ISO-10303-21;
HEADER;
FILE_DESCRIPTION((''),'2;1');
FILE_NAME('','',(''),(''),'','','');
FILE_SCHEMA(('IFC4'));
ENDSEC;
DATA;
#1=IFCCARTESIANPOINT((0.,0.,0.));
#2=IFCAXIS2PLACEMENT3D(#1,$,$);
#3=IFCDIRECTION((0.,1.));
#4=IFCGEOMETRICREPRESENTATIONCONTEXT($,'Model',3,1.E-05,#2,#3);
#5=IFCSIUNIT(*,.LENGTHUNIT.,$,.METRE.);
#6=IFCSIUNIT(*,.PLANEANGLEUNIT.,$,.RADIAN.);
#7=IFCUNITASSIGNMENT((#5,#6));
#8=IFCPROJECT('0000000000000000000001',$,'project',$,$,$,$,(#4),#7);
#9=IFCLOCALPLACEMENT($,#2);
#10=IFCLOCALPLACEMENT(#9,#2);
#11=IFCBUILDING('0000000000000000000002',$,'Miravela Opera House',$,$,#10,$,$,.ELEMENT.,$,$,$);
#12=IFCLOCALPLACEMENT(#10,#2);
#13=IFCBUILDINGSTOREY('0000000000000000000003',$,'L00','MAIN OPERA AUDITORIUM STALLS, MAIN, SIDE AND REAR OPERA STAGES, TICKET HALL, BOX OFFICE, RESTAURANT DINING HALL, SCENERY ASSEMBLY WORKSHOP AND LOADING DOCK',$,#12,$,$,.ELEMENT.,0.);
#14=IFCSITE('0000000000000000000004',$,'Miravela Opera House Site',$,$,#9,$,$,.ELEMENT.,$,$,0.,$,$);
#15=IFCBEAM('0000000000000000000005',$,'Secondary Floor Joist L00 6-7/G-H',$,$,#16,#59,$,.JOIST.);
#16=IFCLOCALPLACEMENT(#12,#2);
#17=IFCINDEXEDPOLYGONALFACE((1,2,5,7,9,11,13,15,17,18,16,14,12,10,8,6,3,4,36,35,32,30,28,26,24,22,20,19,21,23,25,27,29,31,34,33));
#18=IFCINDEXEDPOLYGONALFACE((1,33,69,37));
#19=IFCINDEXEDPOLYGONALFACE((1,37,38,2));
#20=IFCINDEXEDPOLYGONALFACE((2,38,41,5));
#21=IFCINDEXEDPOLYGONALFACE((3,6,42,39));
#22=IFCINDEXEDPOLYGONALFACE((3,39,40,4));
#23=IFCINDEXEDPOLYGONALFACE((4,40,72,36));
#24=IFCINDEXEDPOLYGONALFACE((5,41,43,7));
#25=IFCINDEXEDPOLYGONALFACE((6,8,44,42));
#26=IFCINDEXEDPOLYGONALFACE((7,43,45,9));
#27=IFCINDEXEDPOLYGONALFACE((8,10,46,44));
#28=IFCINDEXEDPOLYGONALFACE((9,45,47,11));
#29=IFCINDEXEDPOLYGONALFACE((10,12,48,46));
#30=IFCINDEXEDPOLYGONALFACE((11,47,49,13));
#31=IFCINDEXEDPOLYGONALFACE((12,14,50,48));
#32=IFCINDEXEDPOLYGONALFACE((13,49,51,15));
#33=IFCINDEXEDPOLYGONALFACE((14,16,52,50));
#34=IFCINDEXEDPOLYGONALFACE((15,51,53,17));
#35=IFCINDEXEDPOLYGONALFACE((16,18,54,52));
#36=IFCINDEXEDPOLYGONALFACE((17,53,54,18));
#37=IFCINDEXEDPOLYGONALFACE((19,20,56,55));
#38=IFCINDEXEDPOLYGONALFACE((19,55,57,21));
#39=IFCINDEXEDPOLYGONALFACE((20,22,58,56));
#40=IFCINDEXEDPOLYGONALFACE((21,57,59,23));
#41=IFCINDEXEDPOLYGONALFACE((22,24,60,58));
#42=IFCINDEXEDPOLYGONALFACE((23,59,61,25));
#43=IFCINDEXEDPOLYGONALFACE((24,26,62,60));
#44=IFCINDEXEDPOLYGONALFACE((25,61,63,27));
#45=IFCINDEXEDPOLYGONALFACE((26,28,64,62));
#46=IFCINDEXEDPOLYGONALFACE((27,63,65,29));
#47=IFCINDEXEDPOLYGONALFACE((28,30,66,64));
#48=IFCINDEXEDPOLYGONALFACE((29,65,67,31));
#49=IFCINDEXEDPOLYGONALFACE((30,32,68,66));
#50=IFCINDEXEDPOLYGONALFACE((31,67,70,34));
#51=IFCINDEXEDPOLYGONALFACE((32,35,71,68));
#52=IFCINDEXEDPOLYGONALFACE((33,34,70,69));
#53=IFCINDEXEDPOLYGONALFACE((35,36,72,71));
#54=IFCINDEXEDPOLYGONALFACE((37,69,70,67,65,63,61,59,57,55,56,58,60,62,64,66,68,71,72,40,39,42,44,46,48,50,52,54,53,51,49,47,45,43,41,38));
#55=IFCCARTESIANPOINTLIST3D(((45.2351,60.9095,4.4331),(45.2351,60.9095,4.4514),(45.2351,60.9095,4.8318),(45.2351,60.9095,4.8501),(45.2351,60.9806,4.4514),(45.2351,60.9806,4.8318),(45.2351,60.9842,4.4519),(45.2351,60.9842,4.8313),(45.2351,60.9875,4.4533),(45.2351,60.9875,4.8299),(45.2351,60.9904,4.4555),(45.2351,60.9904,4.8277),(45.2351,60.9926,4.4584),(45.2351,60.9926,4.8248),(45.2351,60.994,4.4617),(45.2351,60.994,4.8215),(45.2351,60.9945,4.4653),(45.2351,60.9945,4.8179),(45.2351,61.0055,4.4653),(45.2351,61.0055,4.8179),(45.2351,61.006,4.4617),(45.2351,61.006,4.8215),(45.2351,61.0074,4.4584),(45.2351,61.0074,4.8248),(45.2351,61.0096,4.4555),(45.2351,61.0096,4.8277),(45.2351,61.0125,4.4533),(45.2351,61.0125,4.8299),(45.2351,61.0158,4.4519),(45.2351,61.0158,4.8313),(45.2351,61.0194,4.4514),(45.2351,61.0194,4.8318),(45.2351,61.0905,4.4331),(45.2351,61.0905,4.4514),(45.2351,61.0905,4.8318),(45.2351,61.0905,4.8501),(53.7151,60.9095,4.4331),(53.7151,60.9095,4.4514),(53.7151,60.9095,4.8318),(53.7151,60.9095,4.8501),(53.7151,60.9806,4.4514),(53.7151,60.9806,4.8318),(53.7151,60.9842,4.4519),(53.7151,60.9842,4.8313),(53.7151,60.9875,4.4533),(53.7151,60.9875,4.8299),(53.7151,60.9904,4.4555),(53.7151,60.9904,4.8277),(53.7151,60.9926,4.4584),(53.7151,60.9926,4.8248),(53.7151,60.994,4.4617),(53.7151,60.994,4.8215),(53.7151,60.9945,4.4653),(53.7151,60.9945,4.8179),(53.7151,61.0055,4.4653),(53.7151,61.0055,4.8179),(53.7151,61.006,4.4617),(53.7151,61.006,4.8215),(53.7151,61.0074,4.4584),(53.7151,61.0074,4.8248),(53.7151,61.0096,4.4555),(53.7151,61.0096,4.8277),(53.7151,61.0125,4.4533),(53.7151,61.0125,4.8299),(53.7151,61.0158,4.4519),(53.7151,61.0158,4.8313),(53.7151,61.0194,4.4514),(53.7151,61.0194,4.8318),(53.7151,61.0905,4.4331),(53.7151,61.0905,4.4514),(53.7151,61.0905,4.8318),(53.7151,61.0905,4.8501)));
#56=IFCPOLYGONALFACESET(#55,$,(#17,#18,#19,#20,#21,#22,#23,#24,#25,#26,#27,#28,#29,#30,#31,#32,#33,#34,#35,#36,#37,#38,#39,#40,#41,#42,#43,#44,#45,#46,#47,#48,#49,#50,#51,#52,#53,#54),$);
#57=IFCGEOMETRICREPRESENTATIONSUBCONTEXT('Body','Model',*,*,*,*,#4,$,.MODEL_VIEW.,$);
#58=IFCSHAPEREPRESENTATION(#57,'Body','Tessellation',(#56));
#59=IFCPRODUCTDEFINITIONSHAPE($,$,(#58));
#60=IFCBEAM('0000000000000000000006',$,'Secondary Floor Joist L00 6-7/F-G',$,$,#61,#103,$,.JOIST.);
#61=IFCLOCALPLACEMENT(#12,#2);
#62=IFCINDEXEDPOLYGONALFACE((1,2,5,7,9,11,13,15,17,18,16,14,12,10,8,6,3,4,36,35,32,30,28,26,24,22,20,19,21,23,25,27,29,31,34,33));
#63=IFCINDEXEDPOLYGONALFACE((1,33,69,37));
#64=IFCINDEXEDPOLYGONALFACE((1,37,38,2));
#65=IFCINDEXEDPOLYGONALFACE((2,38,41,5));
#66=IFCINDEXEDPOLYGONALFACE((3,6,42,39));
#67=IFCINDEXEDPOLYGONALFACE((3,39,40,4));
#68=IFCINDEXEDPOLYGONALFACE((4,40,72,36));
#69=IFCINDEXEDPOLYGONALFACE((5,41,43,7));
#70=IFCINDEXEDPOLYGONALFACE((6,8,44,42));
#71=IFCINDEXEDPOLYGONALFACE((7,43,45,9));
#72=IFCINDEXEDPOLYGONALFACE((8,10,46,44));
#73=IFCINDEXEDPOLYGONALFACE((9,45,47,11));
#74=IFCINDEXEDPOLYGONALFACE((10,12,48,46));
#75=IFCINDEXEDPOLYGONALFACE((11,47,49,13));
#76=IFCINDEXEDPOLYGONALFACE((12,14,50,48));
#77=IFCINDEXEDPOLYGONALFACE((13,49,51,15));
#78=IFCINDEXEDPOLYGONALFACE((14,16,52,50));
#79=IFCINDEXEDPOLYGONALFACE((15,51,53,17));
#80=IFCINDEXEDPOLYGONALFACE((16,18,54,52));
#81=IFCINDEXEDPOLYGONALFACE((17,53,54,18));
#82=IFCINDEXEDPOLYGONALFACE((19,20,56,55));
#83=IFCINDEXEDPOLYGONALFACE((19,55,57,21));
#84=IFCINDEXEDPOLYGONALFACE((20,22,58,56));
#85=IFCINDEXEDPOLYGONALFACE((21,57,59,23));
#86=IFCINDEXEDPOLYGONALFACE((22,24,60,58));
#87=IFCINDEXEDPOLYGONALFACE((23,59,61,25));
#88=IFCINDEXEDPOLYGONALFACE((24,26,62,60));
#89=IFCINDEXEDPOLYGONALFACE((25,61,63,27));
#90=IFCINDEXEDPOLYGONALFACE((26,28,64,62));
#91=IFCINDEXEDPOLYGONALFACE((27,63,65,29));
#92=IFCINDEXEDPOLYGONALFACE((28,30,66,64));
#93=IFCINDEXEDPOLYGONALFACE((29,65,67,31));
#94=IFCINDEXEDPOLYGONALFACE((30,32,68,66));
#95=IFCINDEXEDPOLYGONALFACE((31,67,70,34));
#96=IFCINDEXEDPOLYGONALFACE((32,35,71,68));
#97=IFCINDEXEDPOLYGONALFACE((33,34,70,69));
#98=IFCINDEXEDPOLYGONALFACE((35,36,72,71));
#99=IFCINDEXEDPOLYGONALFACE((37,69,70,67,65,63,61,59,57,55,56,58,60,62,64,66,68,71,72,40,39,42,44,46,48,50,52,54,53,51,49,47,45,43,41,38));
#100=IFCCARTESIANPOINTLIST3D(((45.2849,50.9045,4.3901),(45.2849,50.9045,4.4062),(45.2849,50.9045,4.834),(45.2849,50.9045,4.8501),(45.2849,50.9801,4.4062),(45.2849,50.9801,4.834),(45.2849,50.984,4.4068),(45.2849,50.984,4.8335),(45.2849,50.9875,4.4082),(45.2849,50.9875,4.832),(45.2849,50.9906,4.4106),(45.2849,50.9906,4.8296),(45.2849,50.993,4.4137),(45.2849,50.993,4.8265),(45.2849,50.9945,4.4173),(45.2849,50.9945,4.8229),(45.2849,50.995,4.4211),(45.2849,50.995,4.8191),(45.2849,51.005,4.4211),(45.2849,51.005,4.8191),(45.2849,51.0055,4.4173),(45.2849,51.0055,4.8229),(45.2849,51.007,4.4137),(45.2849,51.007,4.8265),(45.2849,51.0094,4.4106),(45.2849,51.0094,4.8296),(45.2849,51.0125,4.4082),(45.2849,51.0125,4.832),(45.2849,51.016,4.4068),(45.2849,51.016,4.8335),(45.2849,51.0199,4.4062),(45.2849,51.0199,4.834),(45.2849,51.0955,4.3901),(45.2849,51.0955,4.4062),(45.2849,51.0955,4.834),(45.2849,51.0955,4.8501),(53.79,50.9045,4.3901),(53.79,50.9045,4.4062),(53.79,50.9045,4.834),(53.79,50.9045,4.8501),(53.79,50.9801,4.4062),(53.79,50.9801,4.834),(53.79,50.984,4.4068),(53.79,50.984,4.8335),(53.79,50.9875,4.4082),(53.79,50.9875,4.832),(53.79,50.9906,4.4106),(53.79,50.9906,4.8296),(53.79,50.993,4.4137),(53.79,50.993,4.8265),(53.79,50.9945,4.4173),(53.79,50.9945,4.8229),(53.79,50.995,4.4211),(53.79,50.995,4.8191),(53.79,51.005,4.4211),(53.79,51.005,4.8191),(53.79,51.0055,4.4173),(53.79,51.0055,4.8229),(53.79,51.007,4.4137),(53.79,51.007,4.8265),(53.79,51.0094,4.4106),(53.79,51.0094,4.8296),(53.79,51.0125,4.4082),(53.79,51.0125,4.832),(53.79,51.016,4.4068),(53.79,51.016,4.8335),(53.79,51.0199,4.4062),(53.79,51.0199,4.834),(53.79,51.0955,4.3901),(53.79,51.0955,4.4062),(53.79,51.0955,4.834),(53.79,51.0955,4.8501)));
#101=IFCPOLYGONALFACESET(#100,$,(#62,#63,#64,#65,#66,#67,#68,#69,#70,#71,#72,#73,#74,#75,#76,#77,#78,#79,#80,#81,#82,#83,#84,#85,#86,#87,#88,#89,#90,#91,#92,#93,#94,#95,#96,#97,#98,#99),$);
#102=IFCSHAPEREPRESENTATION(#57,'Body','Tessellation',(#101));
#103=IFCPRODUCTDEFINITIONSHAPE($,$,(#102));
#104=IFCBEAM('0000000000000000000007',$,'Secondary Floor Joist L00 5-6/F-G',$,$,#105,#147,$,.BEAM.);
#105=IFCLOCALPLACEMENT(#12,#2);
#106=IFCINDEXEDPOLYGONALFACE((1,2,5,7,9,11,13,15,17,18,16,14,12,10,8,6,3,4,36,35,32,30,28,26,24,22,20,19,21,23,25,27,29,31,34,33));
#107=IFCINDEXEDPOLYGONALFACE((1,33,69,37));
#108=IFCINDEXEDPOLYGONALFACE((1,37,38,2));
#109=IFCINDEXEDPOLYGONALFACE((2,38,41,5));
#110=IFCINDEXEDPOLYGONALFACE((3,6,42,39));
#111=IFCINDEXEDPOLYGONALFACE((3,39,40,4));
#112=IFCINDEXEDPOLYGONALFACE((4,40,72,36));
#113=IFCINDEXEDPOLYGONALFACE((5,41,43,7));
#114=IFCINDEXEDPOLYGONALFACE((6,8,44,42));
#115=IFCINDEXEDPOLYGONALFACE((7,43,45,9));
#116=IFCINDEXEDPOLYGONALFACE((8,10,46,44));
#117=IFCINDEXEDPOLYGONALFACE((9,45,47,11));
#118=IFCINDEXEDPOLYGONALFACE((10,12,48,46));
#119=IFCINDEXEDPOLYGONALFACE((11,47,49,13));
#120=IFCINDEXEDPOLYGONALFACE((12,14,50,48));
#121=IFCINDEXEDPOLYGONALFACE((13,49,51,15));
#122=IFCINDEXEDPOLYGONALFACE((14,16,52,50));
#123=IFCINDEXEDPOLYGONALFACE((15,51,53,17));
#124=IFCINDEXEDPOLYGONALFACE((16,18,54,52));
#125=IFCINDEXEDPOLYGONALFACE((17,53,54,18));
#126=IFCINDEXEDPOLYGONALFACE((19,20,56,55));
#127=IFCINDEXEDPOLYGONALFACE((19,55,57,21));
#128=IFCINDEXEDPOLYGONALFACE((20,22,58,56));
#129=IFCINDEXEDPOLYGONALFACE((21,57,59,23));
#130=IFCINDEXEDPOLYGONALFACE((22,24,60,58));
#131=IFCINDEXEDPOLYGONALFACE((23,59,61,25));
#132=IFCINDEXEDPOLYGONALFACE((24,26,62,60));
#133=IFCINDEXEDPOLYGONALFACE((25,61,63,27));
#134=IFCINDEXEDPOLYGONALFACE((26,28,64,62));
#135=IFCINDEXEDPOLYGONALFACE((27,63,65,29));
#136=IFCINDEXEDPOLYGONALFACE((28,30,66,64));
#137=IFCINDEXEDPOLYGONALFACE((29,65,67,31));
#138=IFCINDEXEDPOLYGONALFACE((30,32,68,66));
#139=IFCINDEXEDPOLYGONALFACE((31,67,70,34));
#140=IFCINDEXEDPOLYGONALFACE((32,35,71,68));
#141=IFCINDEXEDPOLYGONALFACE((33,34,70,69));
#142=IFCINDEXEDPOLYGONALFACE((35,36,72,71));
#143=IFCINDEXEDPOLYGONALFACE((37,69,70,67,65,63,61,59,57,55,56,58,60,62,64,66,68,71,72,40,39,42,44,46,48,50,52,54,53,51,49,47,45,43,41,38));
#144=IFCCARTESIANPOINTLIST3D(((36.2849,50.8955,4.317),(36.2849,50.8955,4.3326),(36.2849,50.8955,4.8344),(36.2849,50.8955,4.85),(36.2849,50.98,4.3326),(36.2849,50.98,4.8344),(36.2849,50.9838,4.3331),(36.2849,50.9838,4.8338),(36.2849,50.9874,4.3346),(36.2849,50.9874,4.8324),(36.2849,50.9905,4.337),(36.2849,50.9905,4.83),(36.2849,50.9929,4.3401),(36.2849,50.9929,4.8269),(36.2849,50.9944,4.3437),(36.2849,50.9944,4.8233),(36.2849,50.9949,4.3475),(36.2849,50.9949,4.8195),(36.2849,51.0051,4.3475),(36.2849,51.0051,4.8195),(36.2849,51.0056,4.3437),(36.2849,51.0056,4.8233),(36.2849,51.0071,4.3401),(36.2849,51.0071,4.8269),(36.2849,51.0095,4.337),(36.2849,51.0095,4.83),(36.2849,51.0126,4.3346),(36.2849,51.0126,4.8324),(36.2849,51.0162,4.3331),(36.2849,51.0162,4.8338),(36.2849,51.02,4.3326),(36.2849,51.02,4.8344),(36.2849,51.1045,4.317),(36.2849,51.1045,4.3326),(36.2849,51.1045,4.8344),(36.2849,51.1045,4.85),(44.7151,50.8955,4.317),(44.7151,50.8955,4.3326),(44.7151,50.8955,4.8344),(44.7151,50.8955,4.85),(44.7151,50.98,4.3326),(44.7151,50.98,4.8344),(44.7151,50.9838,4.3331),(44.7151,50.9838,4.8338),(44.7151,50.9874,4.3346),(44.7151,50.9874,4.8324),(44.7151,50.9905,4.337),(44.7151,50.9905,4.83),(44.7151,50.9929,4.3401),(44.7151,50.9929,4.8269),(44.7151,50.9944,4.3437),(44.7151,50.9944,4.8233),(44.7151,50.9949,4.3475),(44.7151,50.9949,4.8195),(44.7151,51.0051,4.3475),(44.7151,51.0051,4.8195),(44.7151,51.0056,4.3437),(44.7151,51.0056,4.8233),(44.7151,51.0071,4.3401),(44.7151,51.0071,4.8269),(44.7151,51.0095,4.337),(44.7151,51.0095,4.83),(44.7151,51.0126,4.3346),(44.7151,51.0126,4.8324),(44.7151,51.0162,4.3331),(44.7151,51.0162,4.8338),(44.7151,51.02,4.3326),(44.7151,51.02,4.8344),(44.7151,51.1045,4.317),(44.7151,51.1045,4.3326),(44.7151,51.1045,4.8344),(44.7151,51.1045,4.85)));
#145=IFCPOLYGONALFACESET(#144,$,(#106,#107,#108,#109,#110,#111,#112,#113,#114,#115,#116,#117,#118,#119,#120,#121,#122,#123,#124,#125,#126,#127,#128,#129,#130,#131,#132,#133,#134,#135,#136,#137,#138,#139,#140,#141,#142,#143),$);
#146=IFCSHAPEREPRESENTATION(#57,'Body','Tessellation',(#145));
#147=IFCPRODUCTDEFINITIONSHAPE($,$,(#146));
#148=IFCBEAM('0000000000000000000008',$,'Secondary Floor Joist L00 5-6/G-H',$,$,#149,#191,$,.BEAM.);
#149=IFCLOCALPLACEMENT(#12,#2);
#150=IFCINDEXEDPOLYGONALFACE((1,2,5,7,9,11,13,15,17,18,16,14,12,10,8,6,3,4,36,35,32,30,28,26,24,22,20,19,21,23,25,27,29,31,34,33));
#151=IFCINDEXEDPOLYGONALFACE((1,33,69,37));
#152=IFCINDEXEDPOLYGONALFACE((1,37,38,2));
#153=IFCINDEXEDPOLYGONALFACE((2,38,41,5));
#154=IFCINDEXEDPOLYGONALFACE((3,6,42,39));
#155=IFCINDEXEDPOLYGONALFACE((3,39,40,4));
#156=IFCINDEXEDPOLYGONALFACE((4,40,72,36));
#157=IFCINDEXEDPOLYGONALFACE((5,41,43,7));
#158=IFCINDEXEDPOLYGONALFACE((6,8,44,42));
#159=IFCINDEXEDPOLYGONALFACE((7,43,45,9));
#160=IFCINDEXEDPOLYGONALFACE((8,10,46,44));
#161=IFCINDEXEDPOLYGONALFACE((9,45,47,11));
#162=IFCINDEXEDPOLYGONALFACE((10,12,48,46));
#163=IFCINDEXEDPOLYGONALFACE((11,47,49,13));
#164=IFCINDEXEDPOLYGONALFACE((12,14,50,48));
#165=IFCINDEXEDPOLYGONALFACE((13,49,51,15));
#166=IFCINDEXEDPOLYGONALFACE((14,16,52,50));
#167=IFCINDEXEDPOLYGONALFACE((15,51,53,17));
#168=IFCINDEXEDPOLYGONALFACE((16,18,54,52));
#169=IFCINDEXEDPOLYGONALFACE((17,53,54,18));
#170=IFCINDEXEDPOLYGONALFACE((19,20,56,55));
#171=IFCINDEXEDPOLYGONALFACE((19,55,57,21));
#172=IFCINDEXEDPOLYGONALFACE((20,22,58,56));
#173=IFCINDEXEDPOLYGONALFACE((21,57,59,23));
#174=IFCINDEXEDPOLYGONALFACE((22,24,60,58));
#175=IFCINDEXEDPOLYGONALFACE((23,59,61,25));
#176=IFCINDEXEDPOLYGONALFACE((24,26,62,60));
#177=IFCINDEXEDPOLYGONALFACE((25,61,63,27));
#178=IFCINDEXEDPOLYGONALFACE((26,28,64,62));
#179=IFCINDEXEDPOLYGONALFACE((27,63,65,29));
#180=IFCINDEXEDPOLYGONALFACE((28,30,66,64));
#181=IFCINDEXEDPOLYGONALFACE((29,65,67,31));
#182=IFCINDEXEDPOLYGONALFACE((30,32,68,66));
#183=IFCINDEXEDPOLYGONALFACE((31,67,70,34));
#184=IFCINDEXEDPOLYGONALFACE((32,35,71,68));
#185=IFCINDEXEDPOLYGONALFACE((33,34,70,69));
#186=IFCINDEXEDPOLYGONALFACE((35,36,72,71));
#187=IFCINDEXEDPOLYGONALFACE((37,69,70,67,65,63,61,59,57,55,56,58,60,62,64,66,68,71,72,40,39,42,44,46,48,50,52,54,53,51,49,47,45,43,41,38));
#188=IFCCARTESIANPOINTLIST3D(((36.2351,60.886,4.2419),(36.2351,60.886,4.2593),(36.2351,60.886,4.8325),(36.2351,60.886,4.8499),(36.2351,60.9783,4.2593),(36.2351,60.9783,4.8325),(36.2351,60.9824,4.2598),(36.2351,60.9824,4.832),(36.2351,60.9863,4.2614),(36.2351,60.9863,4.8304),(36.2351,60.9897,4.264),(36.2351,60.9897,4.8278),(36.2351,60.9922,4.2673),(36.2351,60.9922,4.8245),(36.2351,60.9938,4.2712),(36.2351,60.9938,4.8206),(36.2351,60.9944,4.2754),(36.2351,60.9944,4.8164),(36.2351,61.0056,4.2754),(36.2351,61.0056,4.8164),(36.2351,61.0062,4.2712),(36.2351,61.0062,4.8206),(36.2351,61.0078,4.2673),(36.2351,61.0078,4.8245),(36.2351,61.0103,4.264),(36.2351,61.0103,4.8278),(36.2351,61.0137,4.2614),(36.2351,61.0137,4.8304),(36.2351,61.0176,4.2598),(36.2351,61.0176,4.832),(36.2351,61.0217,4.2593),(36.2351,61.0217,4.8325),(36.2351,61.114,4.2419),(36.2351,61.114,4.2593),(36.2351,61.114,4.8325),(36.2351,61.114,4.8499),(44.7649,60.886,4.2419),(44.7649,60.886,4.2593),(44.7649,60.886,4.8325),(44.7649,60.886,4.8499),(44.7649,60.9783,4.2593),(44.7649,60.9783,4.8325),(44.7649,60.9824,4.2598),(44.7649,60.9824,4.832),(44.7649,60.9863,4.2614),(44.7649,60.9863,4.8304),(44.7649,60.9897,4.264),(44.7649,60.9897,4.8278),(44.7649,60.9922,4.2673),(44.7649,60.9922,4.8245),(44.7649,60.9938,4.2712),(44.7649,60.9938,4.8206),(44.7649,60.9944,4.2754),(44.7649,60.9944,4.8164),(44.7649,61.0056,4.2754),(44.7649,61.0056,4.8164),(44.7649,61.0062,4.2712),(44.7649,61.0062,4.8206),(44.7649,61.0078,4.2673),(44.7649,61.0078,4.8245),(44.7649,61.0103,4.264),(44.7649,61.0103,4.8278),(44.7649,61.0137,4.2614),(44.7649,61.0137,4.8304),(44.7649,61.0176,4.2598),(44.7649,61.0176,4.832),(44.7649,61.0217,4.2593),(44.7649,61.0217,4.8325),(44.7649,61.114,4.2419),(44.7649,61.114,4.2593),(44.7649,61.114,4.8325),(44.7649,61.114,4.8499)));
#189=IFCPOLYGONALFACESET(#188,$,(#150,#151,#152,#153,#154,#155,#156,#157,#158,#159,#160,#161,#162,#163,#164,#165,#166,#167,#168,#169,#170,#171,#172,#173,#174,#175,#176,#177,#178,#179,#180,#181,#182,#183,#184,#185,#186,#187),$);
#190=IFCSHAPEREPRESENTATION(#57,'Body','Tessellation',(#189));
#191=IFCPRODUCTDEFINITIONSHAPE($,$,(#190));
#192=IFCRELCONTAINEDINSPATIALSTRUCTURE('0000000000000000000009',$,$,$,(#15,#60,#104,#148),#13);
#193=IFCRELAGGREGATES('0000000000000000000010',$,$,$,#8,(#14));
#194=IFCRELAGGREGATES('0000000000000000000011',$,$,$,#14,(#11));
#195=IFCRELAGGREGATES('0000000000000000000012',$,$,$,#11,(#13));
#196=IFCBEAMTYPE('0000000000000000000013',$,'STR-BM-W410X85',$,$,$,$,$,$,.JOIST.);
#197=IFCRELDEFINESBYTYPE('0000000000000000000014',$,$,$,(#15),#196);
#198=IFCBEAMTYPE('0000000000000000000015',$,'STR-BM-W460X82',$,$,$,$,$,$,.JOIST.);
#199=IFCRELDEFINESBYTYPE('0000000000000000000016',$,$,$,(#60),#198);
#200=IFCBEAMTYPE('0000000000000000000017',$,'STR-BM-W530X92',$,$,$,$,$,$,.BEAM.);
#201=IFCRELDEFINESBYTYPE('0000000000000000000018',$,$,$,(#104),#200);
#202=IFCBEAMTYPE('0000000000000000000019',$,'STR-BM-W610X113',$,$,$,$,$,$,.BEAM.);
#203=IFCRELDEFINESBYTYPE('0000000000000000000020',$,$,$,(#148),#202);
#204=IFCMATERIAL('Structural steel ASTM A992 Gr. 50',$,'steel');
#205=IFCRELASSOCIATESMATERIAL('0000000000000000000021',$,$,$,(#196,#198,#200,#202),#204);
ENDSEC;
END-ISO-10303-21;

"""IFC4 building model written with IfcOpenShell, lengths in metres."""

from ifc_helpers import new_model, si_unit, direction, frame, origin, origin_2d, place, context, subcontext, project, spatial, i_section, extrude, material, material_profile, profile_set, type_object, element, save


model = new_model("IFC4")

# Units and contexts
model_context = context("Model", 3, precision=1e-05, world=origin(), true_north=direction((0.0, 1.0)))
body_context = subcontext(model_context, "Body", "Model", "MODEL_VIEW")
ifc_project = project(units=[si_unit("LENGTHUNIT", "METRE"), si_unit("PLANEANGLEUNIT", "RADIAN")], contexts=[model_context])

# Site, building, storey
site_placement = place(None, origin())
site = spatial("IfcSite", under=ifc_project, at=site_placement, Name="Miravela Opera House Site", CompositionType="ELEMENT", RefElevation=0.0)
building_placement = place(site_placement, origin())
building = spatial("IfcBuilding", under=site, at=building_placement, Name="Miravela Opera House", CompositionType="ELEMENT")
storey_placement = place(building_placement, origin())
storey = spatial("IfcBuildingStorey", under=building, at=storey_placement, Name="L00", Description="MAIN OPERA AUDITORIUM STALLS, MAIN, SIDE AND REAR OPERA STAGES, TICKET HALL, BOX OFFICE, RESTAURANT DINING HALL, SCENERY ASSEMBLY WORKSHOP AND LOADING DOCK", CompositionType="ELEMENT", Elevation=0.0)

# Beams
ifc_material_1 = material(Name="Structural steel ASTM A992 Gr. 50", Category="steel")
ifc_material_profile_1 = material_profile(ifc_material_1, i_section(OverallWidth=0.1809, OverallDepth=0.417, WebThickness=0.011, FlangeThickness=0.0183, FilletRadius=0.0139, at=origin_2d()), Name="W410X85")
ifc_profile_set_1 = profile_set([ifc_material_profile_1])
beam_type_1 = type_object("IfcBeamType", Name="STR-BM-W410X85", PredefinedType="JOIST", material=ifc_profile_set_1)
beam_1_placement = place(storey_placement, frame((45.2351, 61.0, 4.6416), z_axis=(1.0, 0.0, 0.0), x_axis=(0.0, 1.0, 0.0)))
element("IfcBeam", 1, at=beam_1_placement, inside=storey, type_object=beam_type_1, Name="Secondary Floor Joist L00 6-7/G-H", PredefinedType="JOIST", context=body_context, shape_type="SweptSolid", body=[
    extrude(i_section(OverallWidth=0.1809, OverallDepth=0.417, WebThickness=0.011, FlangeThickness=0.0183, FilletRadius=0.0139, at=origin_2d()), origin(), (0.0, 0.0, 1.0), 8.48),
])
ifc_material_profile_2 = material_profile(ifc_material_1, i_section(OverallWidth=0.1909, OverallDepth=0.46, WebThickness=0.01, FlangeThickness=0.0161, FilletRadius=0.0149, at=origin_2d()), Name="W460X82")
ifc_profile_set_2 = profile_set([ifc_material_profile_2])
beam_type_2 = type_object("IfcBeamType", Name="STR-BM-W460X82", PredefinedType="JOIST", material=ifc_profile_set_2)
beam_2_placement = place(storey_placement, frame((45.2849, 51.0, 4.6201), z_axis=(1.0, 0.0, 0.0), x_axis=(0.0, 1.0, 0.0)))
element("IfcBeam", 2, at=beam_2_placement, inside=storey, type_object=beam_type_2, Name="Secondary Floor Joist L00 6-7/F-G", PredefinedType="JOIST", context=body_context, shape_type="SweptSolid", body=[
    extrude(i_section(OverallWidth=0.1909, OverallDepth=0.46, WebThickness=0.01, FlangeThickness=0.0161, FilletRadius=0.0149, at=origin_2d()), origin(), (0.0, 0.0, 1.0), 8.5051),
])
ifc_material_profile_3 = material_profile(ifc_material_1, i_section(OverallWidth=0.209, OverallDepth=0.533, WebThickness=0.0103, FlangeThickness=0.0156, FilletRadius=0.0149, at=origin_2d()), Name="W530X92")
ifc_profile_set_3 = profile_set([ifc_material_profile_3])
beam_type_3 = type_object("IfcBeamType", Name="STR-BM-W530X92", PredefinedType="BEAM", material=ifc_profile_set_3)
beam_3_placement = place(storey_placement, frame((36.2849, 51.0, 4.5835), z_axis=(1.0, 0.0, 0.0), x_axis=(0.0, 1.0, 0.0)))
element("IfcBeam", 3, at=beam_3_placement, inside=storey, type_object=beam_type_3, Name="Secondary Floor Joist L00 5-6/F-G", PredefinedType="BEAM", context=body_context, shape_type="SweptSolid", body=[
    extrude(i_section(OverallWidth=0.209, OverallDepth=0.533, WebThickness=0.0103, FlangeThickness=0.0156, FilletRadius=0.0149, at=origin_2d()), origin(), (0.0, 0.0, 1.0), 8.4302),
])
ifc_material_profile_4 = material_profile(ifc_material_1, i_section(OverallWidth=0.228, OverallDepth=0.6079, WebThickness=0.0112, FlangeThickness=0.0173, FilletRadius=0.0161, at=origin_2d()), Name="W610X113")
ifc_profile_set_4 = profile_set([ifc_material_profile_4])
beam_type_4 = type_object("IfcBeamType", Name="STR-BM-W610X113", PredefinedType="BEAM", material=ifc_profile_set_4)
beam_4_placement = place(storey_placement, frame((36.2351, 61.0, 4.5459), z_axis=(1.0, 0.0, 0.0), x_axis=(0.0, 1.0, 0.0)))
element("IfcBeam", 4, at=beam_4_placement, inside=storey, type_object=beam_type_4, Name="Secondary Floor Joist L00 5-6/G-H", PredefinedType="BEAM", context=body_context, shape_type="SweptSolid", body=[
    extrude(i_section(OverallWidth=0.228, OverallDepth=0.6079, WebThickness=0.0112, FlangeThickness=0.0173, FilletRadius=0.0161, at=origin_2d()), origin(), (0.0, 0.0, 1.0), 8.5298),
])

save(model, "model.ifc")
